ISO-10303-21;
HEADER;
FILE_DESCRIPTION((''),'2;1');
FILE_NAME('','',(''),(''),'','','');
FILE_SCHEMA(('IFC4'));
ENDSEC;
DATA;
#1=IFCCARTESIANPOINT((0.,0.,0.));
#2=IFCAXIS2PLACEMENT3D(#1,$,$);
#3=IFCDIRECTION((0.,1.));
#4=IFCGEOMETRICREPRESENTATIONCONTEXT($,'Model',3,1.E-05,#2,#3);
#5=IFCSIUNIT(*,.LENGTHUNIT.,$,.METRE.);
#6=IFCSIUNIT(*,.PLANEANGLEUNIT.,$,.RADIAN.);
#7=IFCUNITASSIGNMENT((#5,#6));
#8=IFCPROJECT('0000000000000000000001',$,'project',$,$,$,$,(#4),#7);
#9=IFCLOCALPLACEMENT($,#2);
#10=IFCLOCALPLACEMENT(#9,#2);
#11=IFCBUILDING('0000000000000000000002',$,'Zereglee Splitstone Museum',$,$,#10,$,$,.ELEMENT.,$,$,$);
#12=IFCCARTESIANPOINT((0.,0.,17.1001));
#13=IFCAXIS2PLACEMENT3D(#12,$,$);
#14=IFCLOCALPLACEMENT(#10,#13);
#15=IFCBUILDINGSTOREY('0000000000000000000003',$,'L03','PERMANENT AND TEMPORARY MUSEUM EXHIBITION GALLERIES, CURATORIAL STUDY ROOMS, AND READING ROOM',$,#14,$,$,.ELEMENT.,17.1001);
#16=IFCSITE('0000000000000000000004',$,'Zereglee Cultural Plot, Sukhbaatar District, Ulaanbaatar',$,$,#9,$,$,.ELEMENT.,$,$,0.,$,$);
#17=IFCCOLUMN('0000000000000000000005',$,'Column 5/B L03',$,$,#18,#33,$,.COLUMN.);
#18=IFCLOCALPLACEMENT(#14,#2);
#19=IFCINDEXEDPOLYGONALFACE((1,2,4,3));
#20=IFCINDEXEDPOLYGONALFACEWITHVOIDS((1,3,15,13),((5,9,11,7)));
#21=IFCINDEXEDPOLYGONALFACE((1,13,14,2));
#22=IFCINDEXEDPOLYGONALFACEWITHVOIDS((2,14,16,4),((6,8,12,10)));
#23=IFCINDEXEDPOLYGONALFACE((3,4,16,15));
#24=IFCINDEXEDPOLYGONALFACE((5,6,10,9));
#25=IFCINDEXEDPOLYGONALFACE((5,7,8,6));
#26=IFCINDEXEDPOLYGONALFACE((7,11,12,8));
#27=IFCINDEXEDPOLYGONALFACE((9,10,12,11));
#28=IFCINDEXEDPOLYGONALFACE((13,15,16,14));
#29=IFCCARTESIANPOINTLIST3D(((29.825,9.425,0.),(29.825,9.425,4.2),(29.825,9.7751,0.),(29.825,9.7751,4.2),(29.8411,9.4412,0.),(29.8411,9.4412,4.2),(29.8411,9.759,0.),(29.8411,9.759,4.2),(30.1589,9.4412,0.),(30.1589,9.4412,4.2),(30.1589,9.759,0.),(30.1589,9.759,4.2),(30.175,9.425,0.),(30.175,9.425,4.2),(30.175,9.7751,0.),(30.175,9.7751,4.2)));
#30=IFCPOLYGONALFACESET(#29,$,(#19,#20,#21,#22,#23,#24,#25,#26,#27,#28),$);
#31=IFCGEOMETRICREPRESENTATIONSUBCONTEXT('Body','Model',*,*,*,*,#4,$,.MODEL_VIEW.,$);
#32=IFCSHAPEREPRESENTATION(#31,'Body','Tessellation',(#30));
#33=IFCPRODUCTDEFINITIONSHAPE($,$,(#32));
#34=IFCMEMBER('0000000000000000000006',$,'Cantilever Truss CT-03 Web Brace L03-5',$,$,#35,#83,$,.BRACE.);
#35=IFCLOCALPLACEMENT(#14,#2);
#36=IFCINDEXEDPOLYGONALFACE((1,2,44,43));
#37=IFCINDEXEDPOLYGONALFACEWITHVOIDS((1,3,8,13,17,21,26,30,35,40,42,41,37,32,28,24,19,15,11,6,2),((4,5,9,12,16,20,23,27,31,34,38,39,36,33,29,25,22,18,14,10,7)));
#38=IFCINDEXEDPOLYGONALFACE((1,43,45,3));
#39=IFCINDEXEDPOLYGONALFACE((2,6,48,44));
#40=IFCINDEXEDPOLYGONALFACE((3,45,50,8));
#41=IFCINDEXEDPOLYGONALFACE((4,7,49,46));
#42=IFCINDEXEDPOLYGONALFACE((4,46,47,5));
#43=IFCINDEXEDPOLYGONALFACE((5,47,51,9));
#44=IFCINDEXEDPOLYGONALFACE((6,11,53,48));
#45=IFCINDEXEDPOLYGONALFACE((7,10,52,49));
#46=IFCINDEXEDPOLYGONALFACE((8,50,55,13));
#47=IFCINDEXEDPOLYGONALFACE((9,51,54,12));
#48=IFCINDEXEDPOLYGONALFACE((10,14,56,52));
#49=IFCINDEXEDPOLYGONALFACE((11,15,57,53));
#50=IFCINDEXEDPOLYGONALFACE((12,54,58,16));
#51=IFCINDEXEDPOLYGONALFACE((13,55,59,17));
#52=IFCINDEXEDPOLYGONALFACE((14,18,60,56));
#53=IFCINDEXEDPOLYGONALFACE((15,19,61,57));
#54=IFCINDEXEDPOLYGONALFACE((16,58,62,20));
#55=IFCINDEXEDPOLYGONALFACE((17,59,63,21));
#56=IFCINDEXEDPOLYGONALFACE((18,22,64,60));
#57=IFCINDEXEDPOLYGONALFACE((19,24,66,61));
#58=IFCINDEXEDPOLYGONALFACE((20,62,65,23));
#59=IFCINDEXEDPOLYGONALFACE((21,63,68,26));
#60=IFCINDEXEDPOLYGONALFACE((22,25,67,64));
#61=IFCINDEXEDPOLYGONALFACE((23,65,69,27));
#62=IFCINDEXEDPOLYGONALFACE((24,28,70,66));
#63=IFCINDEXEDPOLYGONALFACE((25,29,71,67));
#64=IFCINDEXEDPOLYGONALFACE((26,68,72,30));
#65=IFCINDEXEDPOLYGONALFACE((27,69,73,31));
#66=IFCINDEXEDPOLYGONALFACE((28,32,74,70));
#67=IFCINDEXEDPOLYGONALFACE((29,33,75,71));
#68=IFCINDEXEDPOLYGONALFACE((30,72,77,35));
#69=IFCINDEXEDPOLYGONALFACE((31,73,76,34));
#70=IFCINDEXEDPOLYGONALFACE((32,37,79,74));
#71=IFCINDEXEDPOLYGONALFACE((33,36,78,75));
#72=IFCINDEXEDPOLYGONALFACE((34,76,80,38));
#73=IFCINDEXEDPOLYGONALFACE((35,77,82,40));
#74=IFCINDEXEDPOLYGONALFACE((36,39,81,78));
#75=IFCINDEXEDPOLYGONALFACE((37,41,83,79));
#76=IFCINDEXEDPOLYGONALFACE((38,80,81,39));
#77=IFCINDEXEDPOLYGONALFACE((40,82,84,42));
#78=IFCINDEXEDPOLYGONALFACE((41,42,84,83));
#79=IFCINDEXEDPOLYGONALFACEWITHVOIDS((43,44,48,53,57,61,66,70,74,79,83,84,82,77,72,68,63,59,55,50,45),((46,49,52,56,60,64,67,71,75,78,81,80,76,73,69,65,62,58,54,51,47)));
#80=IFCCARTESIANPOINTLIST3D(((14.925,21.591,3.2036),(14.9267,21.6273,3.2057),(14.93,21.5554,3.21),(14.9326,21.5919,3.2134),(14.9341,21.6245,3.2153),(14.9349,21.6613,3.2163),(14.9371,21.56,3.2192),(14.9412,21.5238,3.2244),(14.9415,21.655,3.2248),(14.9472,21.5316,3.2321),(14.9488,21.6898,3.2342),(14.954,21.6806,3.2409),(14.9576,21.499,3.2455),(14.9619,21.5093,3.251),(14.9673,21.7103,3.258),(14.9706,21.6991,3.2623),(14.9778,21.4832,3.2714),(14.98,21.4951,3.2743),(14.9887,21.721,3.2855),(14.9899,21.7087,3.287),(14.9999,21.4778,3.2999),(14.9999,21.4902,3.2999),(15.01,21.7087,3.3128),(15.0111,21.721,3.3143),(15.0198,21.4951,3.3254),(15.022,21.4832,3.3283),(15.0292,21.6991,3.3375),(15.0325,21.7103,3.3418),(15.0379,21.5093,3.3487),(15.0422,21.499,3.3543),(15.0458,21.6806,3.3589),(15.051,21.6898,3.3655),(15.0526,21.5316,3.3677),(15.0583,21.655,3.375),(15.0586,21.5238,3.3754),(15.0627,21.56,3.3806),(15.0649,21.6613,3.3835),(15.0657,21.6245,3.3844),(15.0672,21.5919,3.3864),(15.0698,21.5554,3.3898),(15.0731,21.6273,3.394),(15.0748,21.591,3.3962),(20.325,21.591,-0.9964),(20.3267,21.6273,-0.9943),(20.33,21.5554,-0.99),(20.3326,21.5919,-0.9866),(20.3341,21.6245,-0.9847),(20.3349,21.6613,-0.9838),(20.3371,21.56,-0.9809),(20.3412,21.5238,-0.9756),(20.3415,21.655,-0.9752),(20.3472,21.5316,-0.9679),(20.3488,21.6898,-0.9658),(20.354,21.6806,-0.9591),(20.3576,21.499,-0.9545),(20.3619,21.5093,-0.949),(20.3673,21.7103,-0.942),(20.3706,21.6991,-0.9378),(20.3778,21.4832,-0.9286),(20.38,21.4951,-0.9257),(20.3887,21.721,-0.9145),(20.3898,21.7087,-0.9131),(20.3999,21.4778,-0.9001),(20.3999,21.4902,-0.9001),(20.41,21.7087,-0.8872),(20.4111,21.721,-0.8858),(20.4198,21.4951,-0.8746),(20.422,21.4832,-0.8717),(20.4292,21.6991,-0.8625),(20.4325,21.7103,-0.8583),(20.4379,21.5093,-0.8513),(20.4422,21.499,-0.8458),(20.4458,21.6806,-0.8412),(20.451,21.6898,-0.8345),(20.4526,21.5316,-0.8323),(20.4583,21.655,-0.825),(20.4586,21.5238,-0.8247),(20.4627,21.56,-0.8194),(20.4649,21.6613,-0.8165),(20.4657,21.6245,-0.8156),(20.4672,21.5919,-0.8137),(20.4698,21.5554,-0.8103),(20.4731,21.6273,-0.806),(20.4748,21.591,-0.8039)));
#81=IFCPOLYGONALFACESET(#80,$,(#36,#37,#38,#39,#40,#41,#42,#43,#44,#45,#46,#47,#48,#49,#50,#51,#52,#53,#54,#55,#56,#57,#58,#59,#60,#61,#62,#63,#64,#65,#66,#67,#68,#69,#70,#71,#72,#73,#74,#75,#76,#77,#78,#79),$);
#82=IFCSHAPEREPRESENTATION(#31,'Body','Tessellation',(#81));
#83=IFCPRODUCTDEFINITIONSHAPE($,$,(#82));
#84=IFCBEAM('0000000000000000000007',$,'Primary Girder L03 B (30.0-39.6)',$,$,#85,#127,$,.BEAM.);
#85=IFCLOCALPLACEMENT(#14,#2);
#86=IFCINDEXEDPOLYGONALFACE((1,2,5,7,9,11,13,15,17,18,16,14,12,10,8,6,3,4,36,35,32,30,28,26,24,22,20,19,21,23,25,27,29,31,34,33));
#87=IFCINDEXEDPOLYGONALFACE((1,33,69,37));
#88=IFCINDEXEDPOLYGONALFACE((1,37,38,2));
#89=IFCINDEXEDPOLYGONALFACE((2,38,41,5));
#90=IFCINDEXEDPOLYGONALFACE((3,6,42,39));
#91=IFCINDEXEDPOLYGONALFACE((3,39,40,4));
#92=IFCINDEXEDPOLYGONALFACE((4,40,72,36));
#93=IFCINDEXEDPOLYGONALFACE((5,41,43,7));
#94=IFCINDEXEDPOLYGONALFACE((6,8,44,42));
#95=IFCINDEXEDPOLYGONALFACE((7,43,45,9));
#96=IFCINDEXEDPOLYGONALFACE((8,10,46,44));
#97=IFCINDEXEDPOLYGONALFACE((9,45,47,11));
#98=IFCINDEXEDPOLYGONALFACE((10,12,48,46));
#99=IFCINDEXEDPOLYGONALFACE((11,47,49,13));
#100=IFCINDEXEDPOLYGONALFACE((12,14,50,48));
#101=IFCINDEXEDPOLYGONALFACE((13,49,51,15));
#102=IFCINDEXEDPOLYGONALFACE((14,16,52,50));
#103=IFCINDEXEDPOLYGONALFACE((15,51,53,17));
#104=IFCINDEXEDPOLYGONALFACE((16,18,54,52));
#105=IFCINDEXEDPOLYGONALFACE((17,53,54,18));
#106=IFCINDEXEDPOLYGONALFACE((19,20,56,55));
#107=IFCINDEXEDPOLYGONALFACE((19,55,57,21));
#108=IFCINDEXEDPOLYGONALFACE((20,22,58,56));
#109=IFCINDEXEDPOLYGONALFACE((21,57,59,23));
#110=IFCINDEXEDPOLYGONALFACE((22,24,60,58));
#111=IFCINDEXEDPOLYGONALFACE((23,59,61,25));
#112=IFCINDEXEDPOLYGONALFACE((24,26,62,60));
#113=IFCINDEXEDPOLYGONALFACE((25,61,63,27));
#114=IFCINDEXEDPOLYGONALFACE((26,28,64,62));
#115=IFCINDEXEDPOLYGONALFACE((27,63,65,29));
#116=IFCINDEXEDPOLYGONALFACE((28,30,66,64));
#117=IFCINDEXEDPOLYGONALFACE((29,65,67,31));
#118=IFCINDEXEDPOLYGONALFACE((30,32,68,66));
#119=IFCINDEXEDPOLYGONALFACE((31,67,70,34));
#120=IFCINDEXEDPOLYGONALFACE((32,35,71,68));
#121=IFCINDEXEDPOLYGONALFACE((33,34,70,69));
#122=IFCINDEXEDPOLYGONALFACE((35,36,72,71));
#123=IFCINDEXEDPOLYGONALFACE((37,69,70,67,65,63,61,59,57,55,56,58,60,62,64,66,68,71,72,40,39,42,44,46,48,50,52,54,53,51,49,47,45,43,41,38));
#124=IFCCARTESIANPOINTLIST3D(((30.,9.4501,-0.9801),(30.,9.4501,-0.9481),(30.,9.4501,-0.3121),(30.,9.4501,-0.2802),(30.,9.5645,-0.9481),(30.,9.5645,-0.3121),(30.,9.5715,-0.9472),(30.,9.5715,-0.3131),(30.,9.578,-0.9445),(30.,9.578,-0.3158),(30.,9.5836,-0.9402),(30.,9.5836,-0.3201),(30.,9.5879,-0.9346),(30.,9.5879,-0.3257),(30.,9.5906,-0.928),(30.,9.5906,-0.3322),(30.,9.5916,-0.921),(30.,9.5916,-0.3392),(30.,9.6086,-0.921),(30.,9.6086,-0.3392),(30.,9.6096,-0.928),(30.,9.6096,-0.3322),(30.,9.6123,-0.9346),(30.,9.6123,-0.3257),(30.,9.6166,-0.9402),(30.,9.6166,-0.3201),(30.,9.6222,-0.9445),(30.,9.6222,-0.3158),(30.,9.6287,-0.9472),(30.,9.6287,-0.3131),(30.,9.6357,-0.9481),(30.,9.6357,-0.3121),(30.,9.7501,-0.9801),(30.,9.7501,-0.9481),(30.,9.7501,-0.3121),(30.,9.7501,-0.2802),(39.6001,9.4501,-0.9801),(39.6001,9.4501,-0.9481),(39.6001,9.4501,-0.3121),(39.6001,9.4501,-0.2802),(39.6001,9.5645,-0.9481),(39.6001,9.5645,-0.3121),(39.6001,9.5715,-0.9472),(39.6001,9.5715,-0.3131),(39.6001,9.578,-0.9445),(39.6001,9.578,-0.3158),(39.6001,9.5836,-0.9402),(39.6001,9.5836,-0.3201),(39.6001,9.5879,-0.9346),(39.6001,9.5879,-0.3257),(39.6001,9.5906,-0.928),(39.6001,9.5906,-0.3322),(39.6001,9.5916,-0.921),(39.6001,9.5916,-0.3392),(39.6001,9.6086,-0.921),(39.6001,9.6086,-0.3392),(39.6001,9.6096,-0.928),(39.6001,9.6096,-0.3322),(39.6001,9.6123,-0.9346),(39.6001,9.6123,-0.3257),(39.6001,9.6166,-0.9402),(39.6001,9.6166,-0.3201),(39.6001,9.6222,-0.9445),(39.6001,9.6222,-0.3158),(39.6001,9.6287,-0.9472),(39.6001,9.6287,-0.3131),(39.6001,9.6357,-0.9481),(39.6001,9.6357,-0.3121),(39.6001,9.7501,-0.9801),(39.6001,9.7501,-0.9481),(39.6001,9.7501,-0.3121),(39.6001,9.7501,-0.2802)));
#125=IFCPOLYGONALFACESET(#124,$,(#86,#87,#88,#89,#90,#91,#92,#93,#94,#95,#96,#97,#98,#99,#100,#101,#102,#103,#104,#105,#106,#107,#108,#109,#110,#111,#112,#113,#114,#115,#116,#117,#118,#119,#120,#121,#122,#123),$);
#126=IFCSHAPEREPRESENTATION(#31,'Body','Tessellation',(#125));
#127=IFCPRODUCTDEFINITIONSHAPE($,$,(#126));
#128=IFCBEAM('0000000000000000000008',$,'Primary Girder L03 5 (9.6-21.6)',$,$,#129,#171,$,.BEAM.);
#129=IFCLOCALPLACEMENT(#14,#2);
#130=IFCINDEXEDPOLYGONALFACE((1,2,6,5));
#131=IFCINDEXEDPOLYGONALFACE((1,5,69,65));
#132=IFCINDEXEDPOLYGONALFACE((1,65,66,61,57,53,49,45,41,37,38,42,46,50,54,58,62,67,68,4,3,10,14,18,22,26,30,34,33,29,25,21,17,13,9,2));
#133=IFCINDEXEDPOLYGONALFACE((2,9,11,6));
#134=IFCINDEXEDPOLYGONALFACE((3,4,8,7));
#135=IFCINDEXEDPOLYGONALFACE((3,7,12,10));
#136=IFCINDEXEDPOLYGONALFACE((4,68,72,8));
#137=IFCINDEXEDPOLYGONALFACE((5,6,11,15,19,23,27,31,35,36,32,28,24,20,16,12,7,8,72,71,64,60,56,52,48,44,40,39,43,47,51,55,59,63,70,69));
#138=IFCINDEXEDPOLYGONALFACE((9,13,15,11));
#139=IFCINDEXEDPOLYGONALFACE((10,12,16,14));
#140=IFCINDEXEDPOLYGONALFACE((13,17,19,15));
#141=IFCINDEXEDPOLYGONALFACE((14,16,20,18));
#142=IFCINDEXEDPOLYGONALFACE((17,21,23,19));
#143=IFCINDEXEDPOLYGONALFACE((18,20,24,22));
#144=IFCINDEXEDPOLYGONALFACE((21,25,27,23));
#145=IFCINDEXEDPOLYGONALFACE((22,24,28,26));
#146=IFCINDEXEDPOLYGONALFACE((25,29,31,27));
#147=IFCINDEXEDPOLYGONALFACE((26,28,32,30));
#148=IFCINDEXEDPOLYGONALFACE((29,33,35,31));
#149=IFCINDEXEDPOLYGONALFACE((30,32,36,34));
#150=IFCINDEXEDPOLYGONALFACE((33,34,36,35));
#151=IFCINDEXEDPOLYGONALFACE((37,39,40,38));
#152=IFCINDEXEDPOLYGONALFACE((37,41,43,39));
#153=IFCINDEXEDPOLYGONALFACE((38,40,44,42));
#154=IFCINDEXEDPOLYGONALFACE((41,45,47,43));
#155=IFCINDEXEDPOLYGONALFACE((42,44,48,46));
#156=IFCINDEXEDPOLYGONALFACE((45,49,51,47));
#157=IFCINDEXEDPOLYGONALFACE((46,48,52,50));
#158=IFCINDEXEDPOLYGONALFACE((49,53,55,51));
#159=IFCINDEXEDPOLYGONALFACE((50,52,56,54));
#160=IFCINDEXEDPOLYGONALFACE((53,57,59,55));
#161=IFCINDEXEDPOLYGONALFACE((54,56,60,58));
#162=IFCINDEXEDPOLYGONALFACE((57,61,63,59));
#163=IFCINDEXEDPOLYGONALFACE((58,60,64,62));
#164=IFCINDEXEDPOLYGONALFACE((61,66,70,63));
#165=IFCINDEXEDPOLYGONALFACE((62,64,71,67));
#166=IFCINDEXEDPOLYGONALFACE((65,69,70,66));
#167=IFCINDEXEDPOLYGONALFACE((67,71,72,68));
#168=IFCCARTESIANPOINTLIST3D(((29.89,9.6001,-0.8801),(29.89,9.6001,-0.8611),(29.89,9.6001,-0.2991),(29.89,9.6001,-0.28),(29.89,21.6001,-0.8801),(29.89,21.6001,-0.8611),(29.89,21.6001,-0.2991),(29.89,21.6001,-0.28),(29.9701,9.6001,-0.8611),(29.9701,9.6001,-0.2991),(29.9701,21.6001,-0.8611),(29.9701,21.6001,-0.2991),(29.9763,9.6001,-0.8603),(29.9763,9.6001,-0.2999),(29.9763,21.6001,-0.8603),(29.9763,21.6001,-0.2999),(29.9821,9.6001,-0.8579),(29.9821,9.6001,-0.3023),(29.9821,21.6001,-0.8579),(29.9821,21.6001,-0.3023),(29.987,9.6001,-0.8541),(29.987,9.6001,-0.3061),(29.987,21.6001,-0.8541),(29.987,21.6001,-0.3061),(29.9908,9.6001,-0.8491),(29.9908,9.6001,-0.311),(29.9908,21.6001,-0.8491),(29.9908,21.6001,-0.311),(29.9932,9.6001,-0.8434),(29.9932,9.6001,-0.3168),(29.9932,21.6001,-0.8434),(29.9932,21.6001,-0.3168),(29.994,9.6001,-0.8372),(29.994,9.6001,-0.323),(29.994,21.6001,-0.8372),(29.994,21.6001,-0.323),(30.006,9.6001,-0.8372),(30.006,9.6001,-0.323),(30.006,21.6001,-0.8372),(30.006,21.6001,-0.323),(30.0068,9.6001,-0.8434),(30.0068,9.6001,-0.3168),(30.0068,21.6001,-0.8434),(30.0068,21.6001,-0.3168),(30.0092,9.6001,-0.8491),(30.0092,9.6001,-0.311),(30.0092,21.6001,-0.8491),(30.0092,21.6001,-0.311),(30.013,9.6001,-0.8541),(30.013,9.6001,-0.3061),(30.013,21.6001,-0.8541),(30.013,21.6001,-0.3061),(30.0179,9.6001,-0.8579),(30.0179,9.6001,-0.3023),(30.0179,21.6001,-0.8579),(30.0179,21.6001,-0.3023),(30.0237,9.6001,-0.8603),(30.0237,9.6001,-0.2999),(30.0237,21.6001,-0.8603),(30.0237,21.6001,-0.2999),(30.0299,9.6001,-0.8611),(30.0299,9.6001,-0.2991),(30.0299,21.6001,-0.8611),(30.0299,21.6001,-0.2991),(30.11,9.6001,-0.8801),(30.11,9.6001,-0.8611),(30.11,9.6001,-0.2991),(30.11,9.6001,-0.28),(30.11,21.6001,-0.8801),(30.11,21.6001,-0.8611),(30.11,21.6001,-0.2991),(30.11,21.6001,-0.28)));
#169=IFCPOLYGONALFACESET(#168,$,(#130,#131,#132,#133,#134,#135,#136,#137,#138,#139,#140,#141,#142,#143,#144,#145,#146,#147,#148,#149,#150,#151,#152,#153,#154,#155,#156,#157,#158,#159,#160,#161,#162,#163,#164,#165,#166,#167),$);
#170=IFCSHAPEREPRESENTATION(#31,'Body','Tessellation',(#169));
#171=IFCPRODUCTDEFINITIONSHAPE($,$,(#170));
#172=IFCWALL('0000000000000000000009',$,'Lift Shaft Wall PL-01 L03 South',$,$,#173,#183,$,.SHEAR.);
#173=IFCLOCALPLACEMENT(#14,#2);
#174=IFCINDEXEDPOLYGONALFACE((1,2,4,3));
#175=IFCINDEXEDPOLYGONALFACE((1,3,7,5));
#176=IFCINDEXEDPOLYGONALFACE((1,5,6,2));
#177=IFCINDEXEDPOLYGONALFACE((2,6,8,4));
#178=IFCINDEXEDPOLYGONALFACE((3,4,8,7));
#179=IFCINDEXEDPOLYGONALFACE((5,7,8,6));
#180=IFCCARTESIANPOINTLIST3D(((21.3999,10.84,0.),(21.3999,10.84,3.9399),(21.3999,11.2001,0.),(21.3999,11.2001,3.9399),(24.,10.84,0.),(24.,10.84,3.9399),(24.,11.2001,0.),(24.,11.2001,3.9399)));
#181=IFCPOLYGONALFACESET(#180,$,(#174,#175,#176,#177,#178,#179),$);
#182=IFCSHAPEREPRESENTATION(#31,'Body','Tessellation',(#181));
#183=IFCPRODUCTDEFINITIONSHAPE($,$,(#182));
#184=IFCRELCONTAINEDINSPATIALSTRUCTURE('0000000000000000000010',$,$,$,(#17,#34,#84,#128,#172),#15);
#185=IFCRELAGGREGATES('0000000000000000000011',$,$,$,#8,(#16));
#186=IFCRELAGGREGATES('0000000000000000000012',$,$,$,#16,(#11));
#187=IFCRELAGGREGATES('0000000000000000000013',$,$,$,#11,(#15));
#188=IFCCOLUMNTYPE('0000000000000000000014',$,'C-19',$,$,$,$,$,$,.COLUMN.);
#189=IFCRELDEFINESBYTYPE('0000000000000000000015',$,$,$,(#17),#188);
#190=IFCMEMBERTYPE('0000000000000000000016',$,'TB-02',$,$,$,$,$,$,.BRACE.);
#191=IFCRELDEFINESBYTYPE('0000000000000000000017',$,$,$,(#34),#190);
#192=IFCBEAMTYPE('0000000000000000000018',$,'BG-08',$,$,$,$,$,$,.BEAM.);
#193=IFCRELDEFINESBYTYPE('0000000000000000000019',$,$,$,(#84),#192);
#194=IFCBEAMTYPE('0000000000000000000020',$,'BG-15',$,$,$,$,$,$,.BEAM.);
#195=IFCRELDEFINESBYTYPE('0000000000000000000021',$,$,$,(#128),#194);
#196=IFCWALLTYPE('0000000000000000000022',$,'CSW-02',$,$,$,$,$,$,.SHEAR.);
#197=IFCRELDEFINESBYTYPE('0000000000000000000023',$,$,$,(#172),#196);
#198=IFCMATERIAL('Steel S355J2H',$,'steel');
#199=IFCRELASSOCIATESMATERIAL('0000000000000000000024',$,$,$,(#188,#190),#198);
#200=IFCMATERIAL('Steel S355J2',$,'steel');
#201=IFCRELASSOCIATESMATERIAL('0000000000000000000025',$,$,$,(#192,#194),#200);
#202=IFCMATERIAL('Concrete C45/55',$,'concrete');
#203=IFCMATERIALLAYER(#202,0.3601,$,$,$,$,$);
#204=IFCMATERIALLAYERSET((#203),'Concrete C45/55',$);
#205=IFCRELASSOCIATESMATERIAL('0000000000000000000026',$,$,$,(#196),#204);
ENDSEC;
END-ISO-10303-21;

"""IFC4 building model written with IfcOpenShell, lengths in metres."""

from ifc_helpers import new_model, si_unit, direction, frame, frame_2d, origin, origin_2d, place, context, subcontext, project, spatial, rectangle, hollow_rectangle, hollow_circle, i_section, extrude, material, layer, layer_set, material_profile, profile_set, type_object, element, save


model = new_model("IFC4")

# Units and contexts
model_context = context("Model", 3, precision=1e-05, world=origin(), true_north=direction((0.0, 1.0)))
body_context = subcontext(model_context, "Body", "Model", "MODEL_VIEW")
ifc_project = project(units=[si_unit("LENGTHUNIT", "METRE"), si_unit("PLANEANGLEUNIT", "RADIAN")], contexts=[model_context])

# Site, building, storey
site_placement = place(None, origin())
site = spatial("IfcSite", under=ifc_project, at=site_placement, Name="Zereglee Cultural Plot, Sukhbaatar District, Ulaanbaatar", CompositionType="ELEMENT", RefElevation=0.0)
building_placement = place(site_placement, origin())
building = spatial("IfcBuilding", under=site, at=building_placement, Name="Zereglee Splitstone Museum", CompositionType="ELEMENT")
storey_placement = place(building_placement, frame((0.0, 0.0, 17.1001)))
storey = spatial("IfcBuildingStorey", under=building, at=storey_placement, Name="L03", Description="PERMANENT AND TEMPORARY MUSEUM EXHIBITION GALLERIES, CURATORIAL STUDY ROOMS, AND READING ROOM", CompositionType="ELEMENT", Elevation=17.1001)

# Column
ifc_material_1 = material(Name="Steel S355J2H", Category="steel")
ifc_material_profile_1 = material_profile(ifc_material_1, hollow_rectangle(XDim=0.3501, YDim=0.3501, WallThickness=0.0161, at=origin_2d()), Name="SHS 350x350x16")
ifc_profile_set_1 = profile_set([ifc_material_profile_1], Name="Steel S355J2H")
column_type = type_object("IfcColumnType", Name="C-19", PredefinedType="COLUMN", material=ifc_profile_set_1)
column_placement = place(storey_placement, frame((30.0, 9.6001, 0.0), z_axis=(0.0, 0.0, 1.0), x_axis=(1.0, 0.0, 0.0)))
element("IfcColumn", 1, at=column_placement, inside=storey, type_object=column_type, Name="Column 5/B L03", PredefinedType="COLUMN", context=body_context, shape_type="SweptSolid", body=[
    extrude(hollow_rectangle(XDim=0.3501, YDim=0.3501, WallThickness=0.0161, at=origin_2d()), origin(), (0.0, 0.0, 1.0), 4.2),
])

# Member
ifc_material_profile_2 = material_profile(ifc_material_1, hollow_circle(Radius=0.1223, WallThickness=0.0125, at=origin_2d()), Name="CHS 244.5x12.5")
ifc_profile_set_2 = profile_set([ifc_material_profile_2], Name="Steel S355J2H")
member_type = type_object("IfcMemberType", Name="TB-02", PredefinedType="BRACE", material=ifc_profile_set_2)
member_placement = place(storey_placement, frame((20.3999, 21.6001, -0.9001), z_axis=(-0.78935, 0.0, 0.613943), x_axis=(0.0, -1.0, 0.0)))
element("IfcMember", 2, at=member_placement, inside=storey, type_object=member_type, Name="Cantilever Truss CT-03 Web Brace L03-5", PredefinedType="BRACE", context=body_context, shape_type="SweptSolid", body=[
    extrude(hollow_circle(Radius=0.1223, WallThickness=0.0125, at=origin_2d()), origin(), (0.0, 0.0, 1.0), 6.8411),
])

# Beams
ifc_material_2 = material(Name="Steel S355J2", Category="steel")
ifc_material_profile_3 = material_profile(ifc_material_2, i_section(OverallWidth=0.3, OverallDepth=0.7, WebThickness=0.0171, FlangeThickness=0.032, FilletRadius=0.0271, at=origin_2d()), Name="HE 700 B")
ifc_profile_set_3 = profile_set([ifc_material_profile_3], Name="Steel S355J2")
beam_type_1 = type_object("IfcBeamType", Name="BG-08", PredefinedType="BEAM", material=ifc_profile_set_3)
beam_1_placement = place(storey_placement, frame((30.0, 9.6001, -0.6301), z_axis=(1.0, 0.0, 0.0), x_axis=(0.0, 1.0, 0.0)))
element("IfcBeam", 3, at=beam_1_placement, inside=storey, type_object=beam_type_1, Name="Primary Girder L03 B (30.0-39.6)", PredefinedType="BEAM", context=body_context, shape_type="SweptSolid", body=[
    extrude(i_section(OverallWidth=0.3, OverallDepth=0.7, WebThickness=0.0171, FlangeThickness=0.032, FilletRadius=0.0271, at=origin_2d()), origin(), (0.0, 0.0, 1.0), 9.6001),
])
ifc_material_profile_4 = material_profile(ifc_material_2, i_section(OverallWidth=0.22, OverallDepth=0.6001, WebThickness=0.012, FlangeThickness=0.019, FilletRadius=0.0239, at=origin_2d()), Name="IPE 600")
ifc_profile_set_4 = profile_set([ifc_material_profile_4], Name="Steel S355J2")
beam_type_2 = type_object("IfcBeamType", Name="BG-15", PredefinedType="BEAM", material=ifc_profile_set_4)
beam_2_placement = place(storey_placement, frame((30.0, 9.6001, -0.5801), z_axis=(0.0, 1.0, 0.0), x_axis=(-1.0, 0.0, 0.0)))
element("IfcBeam", 4, at=beam_2_placement, inside=storey, type_object=beam_type_2, Name="Primary Girder L03 5 (9.6-21.6)", PredefinedType="BEAM", context=body_context, shape_type="SweptSolid", body=[
    extrude(i_section(OverallWidth=0.22, OverallDepth=0.6001, WebThickness=0.012, FlangeThickness=0.019, FilletRadius=0.0239, at=origin_2d()), origin(), (0.0, 0.0, 1.0), 12.0),
])

# Shared definitions
ifc_material_3 = material(Name="Concrete C45/55", Category="concrete")
ifc_layer_1 = layer(ifc_material_3, 0.3601)
ifc_layer_set_1 = layer_set([ifc_layer_1], Name="Concrete C45/55")
wall_type_1 = type_object("IfcWallType", Name="CSW-02", PredefinedType="SHEAR", material=ifc_layer_set_1)

# Wall
wall_1_placement = place(storey_placement, frame((21.3999, 11.02, 0.0), z_axis=(0.0, 0.0, 1.0), x_axis=(1.0, 0.0, 0.0)))
element("IfcWall", 5, at=wall_1_placement, inside=storey, type_object=wall_type_1, Name="Lift Shaft Wall PL-01 L03 South", PredefinedType="SHEAR", context=body_context, shape_type="SweptSolid", body=[
    extrude(rectangle(XDim=2.6001, YDim=0.3601, at=frame_2d((1.3, 0.0))), origin(), (0.0, 0.0, 1.0), 3.9399),
])

save(model, "model.ifc")
